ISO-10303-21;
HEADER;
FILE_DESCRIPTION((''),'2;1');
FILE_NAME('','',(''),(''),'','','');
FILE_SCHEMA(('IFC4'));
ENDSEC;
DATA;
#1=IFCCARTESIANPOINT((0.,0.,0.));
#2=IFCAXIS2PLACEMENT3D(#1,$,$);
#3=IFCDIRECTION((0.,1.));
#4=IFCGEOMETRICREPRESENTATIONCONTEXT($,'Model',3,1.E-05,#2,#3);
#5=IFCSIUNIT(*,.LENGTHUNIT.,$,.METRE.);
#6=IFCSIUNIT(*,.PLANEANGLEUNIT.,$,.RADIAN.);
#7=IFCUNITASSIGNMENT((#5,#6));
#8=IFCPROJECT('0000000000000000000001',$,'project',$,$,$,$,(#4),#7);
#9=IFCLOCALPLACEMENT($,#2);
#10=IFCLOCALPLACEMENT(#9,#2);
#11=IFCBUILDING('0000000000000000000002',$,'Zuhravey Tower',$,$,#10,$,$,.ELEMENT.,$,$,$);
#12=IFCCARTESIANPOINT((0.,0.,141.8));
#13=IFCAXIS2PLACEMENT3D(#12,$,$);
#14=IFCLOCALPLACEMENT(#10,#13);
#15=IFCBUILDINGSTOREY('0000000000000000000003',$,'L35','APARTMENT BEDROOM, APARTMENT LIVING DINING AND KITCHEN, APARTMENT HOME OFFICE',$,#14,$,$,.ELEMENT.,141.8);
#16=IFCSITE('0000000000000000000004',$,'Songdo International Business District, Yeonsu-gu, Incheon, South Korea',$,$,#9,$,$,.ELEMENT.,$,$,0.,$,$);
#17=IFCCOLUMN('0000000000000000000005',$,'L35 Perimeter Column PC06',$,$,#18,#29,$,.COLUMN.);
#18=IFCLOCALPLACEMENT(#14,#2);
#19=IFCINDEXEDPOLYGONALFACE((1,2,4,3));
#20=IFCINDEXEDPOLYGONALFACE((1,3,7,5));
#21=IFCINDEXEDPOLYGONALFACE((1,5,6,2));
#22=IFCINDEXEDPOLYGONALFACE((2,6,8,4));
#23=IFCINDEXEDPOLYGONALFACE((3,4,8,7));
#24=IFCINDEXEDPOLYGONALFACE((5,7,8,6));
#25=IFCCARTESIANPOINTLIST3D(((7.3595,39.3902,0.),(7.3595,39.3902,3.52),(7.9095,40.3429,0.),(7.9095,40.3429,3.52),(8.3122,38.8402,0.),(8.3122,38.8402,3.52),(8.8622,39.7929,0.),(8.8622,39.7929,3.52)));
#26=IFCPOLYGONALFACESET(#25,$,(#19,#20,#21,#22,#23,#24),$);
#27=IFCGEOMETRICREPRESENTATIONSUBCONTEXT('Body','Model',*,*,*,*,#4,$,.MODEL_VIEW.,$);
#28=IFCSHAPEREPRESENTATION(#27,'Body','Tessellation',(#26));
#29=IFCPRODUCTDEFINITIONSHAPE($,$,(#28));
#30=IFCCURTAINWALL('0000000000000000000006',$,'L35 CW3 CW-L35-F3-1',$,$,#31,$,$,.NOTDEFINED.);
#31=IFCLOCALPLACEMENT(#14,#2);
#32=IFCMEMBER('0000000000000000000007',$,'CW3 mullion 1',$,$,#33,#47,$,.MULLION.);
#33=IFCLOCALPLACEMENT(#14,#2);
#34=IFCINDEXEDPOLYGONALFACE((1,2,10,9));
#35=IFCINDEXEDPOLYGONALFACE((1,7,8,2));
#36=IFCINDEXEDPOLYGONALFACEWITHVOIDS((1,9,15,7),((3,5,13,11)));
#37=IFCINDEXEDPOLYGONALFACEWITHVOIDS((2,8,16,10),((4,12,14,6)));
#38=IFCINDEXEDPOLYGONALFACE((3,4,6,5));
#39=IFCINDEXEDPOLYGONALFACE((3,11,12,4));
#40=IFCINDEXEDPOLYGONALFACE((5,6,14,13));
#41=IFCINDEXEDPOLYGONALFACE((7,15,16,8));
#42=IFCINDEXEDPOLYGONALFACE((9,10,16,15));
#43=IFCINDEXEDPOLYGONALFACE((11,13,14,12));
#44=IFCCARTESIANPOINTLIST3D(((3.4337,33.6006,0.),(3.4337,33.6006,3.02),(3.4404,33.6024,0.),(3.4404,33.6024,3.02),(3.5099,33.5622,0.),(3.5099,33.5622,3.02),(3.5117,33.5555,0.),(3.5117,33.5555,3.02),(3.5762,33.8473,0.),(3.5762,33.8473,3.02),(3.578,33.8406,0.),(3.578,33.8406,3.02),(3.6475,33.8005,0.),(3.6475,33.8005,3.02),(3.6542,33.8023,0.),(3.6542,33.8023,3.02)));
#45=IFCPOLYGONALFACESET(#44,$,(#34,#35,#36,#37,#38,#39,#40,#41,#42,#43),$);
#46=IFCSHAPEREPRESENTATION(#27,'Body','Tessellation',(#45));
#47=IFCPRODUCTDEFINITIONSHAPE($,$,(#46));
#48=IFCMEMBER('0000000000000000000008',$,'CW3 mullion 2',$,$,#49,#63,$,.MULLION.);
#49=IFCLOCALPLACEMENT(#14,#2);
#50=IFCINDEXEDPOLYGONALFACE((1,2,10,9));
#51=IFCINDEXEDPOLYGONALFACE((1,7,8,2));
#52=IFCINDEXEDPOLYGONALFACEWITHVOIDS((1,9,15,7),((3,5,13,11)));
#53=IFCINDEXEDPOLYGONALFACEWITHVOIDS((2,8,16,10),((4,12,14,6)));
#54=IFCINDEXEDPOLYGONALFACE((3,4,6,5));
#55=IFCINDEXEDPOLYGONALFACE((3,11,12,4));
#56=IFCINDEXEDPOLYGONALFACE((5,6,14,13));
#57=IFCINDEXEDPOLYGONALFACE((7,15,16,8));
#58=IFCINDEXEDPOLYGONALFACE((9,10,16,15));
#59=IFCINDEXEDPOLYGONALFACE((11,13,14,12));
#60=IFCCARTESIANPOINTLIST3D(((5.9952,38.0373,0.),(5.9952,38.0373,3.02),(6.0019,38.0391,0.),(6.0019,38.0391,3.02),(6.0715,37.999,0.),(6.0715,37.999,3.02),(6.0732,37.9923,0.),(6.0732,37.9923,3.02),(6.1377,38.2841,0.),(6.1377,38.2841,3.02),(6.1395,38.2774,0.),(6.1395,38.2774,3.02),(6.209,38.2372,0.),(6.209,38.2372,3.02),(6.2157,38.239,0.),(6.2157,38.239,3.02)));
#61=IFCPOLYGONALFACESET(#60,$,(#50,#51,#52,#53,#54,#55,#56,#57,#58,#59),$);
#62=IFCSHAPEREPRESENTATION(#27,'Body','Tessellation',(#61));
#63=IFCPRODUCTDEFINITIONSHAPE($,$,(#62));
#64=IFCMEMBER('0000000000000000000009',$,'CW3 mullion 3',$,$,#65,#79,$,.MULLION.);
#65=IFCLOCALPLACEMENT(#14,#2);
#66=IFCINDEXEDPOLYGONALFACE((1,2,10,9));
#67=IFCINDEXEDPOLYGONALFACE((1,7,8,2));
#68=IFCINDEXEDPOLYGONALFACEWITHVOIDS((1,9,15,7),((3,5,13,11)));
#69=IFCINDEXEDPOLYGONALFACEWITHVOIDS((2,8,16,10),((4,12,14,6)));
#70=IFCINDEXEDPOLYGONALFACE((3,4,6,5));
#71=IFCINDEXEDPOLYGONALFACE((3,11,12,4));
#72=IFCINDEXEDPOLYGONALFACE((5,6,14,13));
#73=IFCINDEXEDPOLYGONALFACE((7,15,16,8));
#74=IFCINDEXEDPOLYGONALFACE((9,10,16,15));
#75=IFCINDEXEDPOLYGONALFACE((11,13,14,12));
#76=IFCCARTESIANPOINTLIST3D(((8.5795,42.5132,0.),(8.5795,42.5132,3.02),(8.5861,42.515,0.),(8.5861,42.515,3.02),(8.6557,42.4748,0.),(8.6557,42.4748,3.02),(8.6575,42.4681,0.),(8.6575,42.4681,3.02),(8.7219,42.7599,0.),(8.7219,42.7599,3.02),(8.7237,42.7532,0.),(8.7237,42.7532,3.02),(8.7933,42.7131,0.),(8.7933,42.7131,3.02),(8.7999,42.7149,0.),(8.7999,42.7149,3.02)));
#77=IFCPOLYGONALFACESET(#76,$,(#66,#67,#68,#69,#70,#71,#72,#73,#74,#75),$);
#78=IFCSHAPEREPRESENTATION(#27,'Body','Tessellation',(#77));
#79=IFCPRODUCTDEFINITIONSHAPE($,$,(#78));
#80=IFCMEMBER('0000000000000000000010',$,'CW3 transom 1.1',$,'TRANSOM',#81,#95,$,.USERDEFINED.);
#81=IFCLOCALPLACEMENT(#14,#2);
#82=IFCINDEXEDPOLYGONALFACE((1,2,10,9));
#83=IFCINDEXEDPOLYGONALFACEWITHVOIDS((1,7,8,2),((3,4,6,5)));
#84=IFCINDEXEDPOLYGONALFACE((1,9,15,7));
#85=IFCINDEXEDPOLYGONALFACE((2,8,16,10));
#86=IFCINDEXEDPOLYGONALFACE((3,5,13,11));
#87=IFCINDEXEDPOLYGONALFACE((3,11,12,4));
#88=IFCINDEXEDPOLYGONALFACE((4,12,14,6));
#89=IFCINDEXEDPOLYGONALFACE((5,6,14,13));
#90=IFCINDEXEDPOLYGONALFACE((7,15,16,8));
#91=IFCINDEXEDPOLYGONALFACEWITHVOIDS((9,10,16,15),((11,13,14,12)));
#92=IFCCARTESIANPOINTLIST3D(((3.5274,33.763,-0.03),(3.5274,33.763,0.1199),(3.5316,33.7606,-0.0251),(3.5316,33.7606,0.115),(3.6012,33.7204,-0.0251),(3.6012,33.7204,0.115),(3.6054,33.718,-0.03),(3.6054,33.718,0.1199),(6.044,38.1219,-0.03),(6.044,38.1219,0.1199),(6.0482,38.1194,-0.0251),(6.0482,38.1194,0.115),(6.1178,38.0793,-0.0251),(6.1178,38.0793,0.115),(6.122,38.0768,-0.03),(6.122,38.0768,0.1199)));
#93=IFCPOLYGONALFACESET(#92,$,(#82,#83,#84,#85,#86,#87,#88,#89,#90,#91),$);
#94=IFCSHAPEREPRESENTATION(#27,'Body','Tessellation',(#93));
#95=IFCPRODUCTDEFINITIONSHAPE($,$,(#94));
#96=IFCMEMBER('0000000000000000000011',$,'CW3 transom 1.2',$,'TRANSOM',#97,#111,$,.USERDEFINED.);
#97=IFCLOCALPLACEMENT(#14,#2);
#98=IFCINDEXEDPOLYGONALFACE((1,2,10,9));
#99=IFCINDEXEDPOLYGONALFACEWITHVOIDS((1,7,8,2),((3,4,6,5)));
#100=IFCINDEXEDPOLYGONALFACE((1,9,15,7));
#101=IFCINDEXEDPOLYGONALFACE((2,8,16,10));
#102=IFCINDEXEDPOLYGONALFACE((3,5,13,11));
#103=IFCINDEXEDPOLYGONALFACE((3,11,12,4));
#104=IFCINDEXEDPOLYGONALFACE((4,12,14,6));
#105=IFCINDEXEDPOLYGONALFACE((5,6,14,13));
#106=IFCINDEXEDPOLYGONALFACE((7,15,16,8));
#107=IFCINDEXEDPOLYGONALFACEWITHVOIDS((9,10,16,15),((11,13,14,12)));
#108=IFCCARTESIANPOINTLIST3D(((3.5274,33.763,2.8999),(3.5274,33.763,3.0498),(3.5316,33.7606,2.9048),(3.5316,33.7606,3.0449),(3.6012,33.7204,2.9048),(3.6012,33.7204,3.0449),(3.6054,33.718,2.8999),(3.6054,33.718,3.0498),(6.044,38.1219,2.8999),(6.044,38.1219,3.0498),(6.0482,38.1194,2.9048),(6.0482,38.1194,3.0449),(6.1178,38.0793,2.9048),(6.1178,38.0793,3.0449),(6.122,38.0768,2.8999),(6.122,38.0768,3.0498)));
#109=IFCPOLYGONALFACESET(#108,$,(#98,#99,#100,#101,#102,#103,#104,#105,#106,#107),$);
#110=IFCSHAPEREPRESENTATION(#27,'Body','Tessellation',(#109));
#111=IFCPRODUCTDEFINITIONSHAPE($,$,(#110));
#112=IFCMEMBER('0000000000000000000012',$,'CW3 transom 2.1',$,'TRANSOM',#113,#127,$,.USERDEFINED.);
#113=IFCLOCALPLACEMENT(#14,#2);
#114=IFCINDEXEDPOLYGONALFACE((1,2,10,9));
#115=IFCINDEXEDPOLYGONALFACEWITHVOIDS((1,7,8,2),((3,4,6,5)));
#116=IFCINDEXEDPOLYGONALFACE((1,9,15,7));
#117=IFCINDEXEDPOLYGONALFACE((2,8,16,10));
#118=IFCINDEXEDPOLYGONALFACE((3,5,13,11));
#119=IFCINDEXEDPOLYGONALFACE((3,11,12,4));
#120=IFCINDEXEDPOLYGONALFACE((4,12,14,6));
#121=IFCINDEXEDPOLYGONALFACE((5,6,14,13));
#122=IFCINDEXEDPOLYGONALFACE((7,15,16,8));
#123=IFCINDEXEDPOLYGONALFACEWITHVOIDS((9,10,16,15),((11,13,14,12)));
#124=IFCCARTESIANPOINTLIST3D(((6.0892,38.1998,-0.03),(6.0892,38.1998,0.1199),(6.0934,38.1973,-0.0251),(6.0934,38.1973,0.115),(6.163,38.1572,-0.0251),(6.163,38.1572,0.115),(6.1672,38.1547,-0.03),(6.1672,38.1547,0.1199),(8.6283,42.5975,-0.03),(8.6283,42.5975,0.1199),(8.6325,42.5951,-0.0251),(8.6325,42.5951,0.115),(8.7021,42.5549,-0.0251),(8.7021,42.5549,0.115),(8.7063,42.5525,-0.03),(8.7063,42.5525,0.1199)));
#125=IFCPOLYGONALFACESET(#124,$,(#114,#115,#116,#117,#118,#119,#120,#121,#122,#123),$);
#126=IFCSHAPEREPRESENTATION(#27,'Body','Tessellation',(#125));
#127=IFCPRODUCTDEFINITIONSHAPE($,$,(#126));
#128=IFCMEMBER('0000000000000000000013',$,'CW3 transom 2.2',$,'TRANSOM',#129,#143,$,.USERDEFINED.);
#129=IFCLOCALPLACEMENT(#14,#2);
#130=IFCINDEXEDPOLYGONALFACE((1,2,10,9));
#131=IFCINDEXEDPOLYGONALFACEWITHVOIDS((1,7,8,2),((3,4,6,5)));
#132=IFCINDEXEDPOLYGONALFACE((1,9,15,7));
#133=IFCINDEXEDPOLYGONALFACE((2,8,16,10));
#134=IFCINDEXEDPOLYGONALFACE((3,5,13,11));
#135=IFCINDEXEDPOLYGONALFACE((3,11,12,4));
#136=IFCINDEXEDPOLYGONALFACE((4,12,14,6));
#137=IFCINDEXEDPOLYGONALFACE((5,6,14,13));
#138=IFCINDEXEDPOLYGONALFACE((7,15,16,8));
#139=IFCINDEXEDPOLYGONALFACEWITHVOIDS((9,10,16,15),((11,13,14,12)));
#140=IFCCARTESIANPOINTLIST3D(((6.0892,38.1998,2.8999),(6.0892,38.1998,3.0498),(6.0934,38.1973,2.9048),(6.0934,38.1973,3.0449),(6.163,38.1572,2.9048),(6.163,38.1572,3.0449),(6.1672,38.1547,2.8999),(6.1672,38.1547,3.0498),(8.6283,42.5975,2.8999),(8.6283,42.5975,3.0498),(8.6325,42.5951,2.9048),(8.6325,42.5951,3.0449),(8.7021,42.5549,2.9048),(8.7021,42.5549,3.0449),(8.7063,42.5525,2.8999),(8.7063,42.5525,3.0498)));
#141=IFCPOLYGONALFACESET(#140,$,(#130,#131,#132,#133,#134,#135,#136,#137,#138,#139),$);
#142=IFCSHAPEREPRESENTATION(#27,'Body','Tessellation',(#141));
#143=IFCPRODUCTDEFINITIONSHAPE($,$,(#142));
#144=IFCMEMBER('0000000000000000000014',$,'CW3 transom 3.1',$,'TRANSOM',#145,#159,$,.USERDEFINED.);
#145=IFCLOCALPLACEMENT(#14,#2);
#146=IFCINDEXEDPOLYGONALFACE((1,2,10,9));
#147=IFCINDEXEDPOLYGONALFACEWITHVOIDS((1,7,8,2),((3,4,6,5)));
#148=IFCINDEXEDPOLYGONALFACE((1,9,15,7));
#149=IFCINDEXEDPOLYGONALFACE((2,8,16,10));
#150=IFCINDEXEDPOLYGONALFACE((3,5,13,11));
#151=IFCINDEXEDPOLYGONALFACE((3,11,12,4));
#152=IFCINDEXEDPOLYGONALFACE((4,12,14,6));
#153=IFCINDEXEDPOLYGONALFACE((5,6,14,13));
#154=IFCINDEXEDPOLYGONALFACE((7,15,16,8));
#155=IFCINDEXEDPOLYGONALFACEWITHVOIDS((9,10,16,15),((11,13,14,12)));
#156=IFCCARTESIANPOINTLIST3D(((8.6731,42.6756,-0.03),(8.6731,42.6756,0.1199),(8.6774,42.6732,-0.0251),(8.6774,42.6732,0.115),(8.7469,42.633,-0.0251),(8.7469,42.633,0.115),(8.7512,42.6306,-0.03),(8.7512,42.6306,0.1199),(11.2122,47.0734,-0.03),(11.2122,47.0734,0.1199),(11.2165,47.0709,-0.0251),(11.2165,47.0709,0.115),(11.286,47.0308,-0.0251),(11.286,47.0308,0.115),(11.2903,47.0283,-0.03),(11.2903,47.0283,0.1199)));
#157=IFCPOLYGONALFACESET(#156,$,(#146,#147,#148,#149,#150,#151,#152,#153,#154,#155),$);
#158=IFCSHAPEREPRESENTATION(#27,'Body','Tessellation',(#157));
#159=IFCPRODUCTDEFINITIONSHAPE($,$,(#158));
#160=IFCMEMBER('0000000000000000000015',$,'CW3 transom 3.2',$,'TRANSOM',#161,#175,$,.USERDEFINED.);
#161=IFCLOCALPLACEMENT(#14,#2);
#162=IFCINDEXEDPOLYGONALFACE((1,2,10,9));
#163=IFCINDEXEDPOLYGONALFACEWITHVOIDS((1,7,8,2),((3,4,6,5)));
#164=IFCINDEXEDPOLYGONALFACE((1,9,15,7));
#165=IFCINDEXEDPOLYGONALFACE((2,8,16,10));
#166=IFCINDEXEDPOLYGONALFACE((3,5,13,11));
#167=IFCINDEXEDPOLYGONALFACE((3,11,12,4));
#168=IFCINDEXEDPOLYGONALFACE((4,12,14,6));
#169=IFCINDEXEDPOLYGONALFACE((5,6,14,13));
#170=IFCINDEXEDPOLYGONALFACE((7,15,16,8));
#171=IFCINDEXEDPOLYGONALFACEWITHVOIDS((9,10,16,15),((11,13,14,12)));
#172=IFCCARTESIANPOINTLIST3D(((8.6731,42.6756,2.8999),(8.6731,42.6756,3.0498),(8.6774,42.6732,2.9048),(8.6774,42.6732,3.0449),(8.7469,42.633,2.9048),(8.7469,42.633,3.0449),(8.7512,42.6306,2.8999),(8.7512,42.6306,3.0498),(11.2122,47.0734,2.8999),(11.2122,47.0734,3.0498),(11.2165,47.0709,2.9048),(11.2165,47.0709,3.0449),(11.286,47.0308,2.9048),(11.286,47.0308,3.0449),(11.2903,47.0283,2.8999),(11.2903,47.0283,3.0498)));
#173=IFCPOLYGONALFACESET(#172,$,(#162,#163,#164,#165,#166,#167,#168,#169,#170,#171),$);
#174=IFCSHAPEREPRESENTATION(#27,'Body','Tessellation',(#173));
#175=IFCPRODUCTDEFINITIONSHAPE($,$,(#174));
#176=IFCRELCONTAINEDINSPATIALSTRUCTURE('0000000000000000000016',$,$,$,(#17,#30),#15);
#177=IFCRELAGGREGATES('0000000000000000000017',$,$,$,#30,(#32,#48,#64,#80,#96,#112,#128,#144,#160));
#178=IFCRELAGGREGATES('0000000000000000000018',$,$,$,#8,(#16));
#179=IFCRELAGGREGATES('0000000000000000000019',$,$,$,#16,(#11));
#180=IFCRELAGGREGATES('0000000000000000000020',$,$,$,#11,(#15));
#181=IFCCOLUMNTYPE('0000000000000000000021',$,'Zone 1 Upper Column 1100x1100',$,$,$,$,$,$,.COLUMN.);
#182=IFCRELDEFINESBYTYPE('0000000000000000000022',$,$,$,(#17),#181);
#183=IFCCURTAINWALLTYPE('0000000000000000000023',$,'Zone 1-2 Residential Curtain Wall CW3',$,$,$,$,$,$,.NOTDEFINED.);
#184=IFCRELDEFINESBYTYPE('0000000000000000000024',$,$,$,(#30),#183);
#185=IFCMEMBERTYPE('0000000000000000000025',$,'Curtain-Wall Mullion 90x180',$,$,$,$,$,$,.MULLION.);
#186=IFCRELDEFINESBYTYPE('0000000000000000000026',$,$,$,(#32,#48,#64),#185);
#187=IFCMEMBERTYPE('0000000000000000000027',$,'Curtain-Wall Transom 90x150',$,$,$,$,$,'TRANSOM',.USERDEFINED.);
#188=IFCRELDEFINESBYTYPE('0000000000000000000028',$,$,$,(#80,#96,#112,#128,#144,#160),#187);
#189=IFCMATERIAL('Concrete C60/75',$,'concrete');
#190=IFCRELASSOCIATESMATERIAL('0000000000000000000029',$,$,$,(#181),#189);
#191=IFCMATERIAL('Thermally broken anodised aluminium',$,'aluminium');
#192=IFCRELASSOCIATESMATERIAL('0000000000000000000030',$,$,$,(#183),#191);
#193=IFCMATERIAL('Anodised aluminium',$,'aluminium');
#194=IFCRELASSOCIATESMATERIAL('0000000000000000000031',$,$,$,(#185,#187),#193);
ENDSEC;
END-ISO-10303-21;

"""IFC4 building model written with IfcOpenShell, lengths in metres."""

from ifc_helpers import new_model, si_unit, direction, frame, origin, origin_2d, place, context, subcontext, project, spatial, rectangle, hollow_rectangle, extrude, material, material_profile, profile_set, type_object, element, aggregate, save


model = new_model("IFC4")

# Units and contexts
model_context = context("Model", 3, precision=1e-05, world=origin(), true_north=direction((0.0, 1.0)))
body_context = subcontext(model_context, "Body", "Model", "MODEL_VIEW")
ifc_project = project(units=[si_unit("LENGTHUNIT", "METRE"), si_unit("PLANEANGLEUNIT", "RADIAN")], contexts=[model_context])

# Site, building, storey
site_placement = place(None, origin())
site = spatial("IfcSite", under=ifc_project, at=site_placement, Name="Songdo International Business District, Yeonsu-gu, Incheon, South Korea", CompositionType="ELEMENT", RefElevation=0.0)
building_placement = place(site_placement, origin())
building = spatial("IfcBuilding", under=site, at=building_placement, Name="Zuhravey Tower", CompositionType="ELEMENT")
storey_placement = place(building_placement, frame((0.0, 0.0, 141.8)))
storey = spatial("IfcBuildingStorey", under=building, at=storey_placement, Name="L35", Description="APARTMENT BEDROOM, APARTMENT LIVING DINING AND KITCHEN, APARTMENT HOME OFFICE", CompositionType="ELEMENT", Elevation=141.8)

# Column
ifc_material_1 = material(Name="Concrete C60/75", Category="concrete")
ifc_material_profile_1 = material_profile(ifc_material_1, rectangle(XDim=1.1001, YDim=1.1001, at=origin_2d()), Name="RC-1100x1100")
ifc_profile_set_1 = profile_set([ifc_material_profile_1], Name="Concrete C60/75")
column_type = type_object("IfcColumnType", Name="Zone 1 Upper Column 1100x1100", PredefinedType="COLUMN", material=ifc_profile_set_1)
column_placement = place(storey_placement, frame((8.1108, 39.5916, 0.0), z_axis=(0.0, 0.0, 1.0), x_axis=(-0.5, -0.866025, 0.0)))
element("IfcColumn", 1, at=column_placement, inside=storey, type_object=column_type, Name="L35 Perimeter Column PC06", PredefinedType="COLUMN", context=body_context, shape_type="SweptSolid", body=[
    extrude(rectangle(XDim=1.1001, YDim=1.1001, at=origin_2d()), origin(), (0.0, 0.0, 1.0), 3.52),
])

# Curtain wall, members
ifc_material_2 = material(Name="Thermally broken anodised aluminium", Category="aluminium")
curtain_wall_type = type_object("IfcCurtainWallType", Name="Zone 1-2 Residential Curtain Wall CW3", PredefinedType="NOTDEFINED", material=ifc_material_2)
curtain_wall_placement = place(storey_placement, origin())
curtain_wall = element("IfcCurtainWall", 2, at=curtain_wall_placement, inside=storey, type_object=curtain_wall_type, Name="L35 CW3 CW-L35-F3-1", PredefinedType="NOTDEFINED")
ifc_material_3 = material(Name="Anodised aluminium", Category="aluminium")
ifc_material_profile_2 = material_profile(ifc_material_3, hollow_rectangle(XDim=0.0901, YDim=0.2849, WallThickness=0.0049, at=origin_2d()), Name="ALU-RHS-90x285x5")
ifc_profile_set_2 = profile_set([ifc_material_profile_2], Name="Anodised aluminium")
member_type_1 = type_object("IfcMemberType", Name="Curtain-Wall Mullion 90x180", PredefinedType="MULLION", material=ifc_profile_set_2)
member_1_placement = place(storey_placement, frame((3.5439, 33.7014, 0.0), z_axis=(0.0, 0.0, 1.0), x_axis=(-0.866026, 0.5, 0.0)))
member_1 = element("IfcMember", 3, at=member_1_placement, type_object=member_type_1, Name="CW3 mullion 1", PredefinedType="MULLION", context=body_context, shape_type="SweptSolid", body=[
    extrude(hollow_rectangle(XDim=0.0901, YDim=0.2849, WallThickness=0.0049, at=origin_2d()), origin(), (0.0, 0.0, 1.0), 3.02),
])
member_2_placement = place(storey_placement, frame((6.1055, 38.1382, 0.0), z_axis=(0.0, 0.0, 1.0), x_axis=(-0.866026, 0.5, 0.0)))
member_2 = element("IfcMember", 4, at=member_2_placement, type_object=member_type_1, Name="CW3 mullion 2", PredefinedType="MULLION", context=body_context, shape_type="SweptSolid", body=[
    extrude(hollow_rectangle(XDim=0.0901, YDim=0.2849, WallThickness=0.0049, at=origin_2d()), origin(), (0.0, 0.0, 1.0), 3.02),
])
member_3_placement = place(storey_placement, frame((8.6897, 42.614, 0.0), z_axis=(0.0, 0.0, 1.0), x_axis=(-0.866026, 0.5, 0.0)))
member_3 = element("IfcMember", 5, at=member_3_placement, type_object=member_type_1, Name="CW3 mullion 3", PredefinedType="MULLION", context=body_context, shape_type="SweptSolid", body=[
    extrude(hollow_rectangle(XDim=0.0901, YDim=0.2849, WallThickness=0.0049, at=origin_2d()), origin(), (0.0, 0.0, 1.0), 3.02),
])
ifc_material_profile_3 = material_profile(ifc_material_3, hollow_rectangle(XDim=0.0901, YDim=0.1499, WallThickness=0.0049, at=origin_2d()), Name="ALU-RHS-90x150x5")
ifc_profile_set_3 = profile_set([ifc_material_profile_3], Name="Anodised aluminium")
member_type_2 = type_object("IfcMemberType", Name="Curtain-Wall Transom 90x150", ElementType="TRANSOM", PredefinedType="USERDEFINED", material=ifc_profile_set_3)
member_4_placement = place(storey_placement, frame((3.5664, 33.7405, 0.0449), z_axis=(0.5, 0.866026, 0.0), x_axis=(-0.866026, 0.5, 0.0)))
member_4 = element("IfcMember", 6, at=member_4_placement, type_object=member_type_2, Name="CW3 transom 1.1", ObjectType="TRANSOM", PredefinedType="USERDEFINED", context=body_context, shape_type="SweptSolid", body=[
    extrude(hollow_rectangle(XDim=0.0901, YDim=0.1499, WallThickness=0.0049, at=origin_2d()), origin(), (0.0, 0.0, 1.0), 5.0332),
])
member_5_placement = place(storey_placement, frame((3.5664, 33.7405, 2.9749), z_axis=(0.5, 0.866026, 0.0), x_axis=(-0.866026, 0.5, 0.0)))
member_5 = element("IfcMember", 7, at=member_5_placement, type_object=member_type_2, Name="CW3 transom 1.2", ObjectType="TRANSOM", PredefinedType="USERDEFINED", context=body_context, shape_type="SweptSolid", body=[
    extrude(hollow_rectangle(XDim=0.0901, YDim=0.1499, WallThickness=0.0049, at=origin_2d()), origin(), (0.0, 0.0, 1.0), 5.0332),
])
member_6_placement = place(storey_placement, frame((6.1282, 38.1772, 0.0449), z_axis=(0.500007, 0.866021, 0.0), x_axis=(-0.866021, 0.500007, 0.0)))
member_6 = element("IfcMember", 8, at=member_6_placement, type_object=member_type_2, Name="CW3 transom 2.1", ObjectType="TRANSOM", PredefinedType="USERDEFINED", context=body_context, shape_type="SweptSolid", body=[
    extrude(hollow_rectangle(XDim=0.0901, YDim=0.1499, WallThickness=0.0049, at=origin_2d()), origin(), (0.0, 0.0, 1.0), 5.0781),
])
member_7_placement = place(storey_placement, frame((6.1282, 38.1772, 2.9749), z_axis=(0.500007, 0.866021, 0.0), x_axis=(-0.866021, 0.500007, 0.0)))
member_7 = element("IfcMember", 9, at=member_7_placement, type_object=member_type_2, Name="CW3 transom 2.2", ObjectType="TRANSOM", PredefinedType="USERDEFINED", context=body_context, shape_type="SweptSolid", body=[
    extrude(hollow_rectangle(XDim=0.0901, YDim=0.1499, WallThickness=0.0049, at=origin_2d()), origin(), (0.0, 0.0, 1.0), 5.0781),
])
member_8_placement = place(storey_placement, frame((8.7122, 42.6531, 0.0449), z_axis=(0.500007, 0.866021, 0.0), x_axis=(-0.866021, 0.500007, 0.0)))
member_8 = element("IfcMember", 10, at=member_8_placement, type_object=member_type_2, Name="CW3 transom 3.1", ObjectType="TRANSOM", PredefinedType="USERDEFINED", context=body_context, shape_type="SweptSolid", body=[
    extrude(hollow_rectangle(XDim=0.0901, YDim=0.1499, WallThickness=0.0049, at=origin_2d()), origin(), (0.0, 0.0, 1.0), 5.0781),
])
member_9_placement = place(storey_placement, frame((8.7122, 42.6531, 2.9749), z_axis=(0.500007, 0.866021, 0.0), x_axis=(-0.866021, 0.500007, 0.0)))
member_9 = element("IfcMember", 11, at=member_9_placement, type_object=member_type_2, Name="CW3 transom 3.2", ObjectType="TRANSOM", PredefinedType="USERDEFINED", context=body_context, shape_type="SweptSolid", body=[
    extrude(hollow_rectangle(XDim=0.0901, YDim=0.1499, WallThickness=0.0049, at=origin_2d()), origin(), (0.0, 0.0, 1.0), 5.0781),
])

aggregate(curtain_wall, [member_1, member_2, member_3, member_4, member_5, member_6, member_7, member_8, member_9])

save(model, "model.ifc")
